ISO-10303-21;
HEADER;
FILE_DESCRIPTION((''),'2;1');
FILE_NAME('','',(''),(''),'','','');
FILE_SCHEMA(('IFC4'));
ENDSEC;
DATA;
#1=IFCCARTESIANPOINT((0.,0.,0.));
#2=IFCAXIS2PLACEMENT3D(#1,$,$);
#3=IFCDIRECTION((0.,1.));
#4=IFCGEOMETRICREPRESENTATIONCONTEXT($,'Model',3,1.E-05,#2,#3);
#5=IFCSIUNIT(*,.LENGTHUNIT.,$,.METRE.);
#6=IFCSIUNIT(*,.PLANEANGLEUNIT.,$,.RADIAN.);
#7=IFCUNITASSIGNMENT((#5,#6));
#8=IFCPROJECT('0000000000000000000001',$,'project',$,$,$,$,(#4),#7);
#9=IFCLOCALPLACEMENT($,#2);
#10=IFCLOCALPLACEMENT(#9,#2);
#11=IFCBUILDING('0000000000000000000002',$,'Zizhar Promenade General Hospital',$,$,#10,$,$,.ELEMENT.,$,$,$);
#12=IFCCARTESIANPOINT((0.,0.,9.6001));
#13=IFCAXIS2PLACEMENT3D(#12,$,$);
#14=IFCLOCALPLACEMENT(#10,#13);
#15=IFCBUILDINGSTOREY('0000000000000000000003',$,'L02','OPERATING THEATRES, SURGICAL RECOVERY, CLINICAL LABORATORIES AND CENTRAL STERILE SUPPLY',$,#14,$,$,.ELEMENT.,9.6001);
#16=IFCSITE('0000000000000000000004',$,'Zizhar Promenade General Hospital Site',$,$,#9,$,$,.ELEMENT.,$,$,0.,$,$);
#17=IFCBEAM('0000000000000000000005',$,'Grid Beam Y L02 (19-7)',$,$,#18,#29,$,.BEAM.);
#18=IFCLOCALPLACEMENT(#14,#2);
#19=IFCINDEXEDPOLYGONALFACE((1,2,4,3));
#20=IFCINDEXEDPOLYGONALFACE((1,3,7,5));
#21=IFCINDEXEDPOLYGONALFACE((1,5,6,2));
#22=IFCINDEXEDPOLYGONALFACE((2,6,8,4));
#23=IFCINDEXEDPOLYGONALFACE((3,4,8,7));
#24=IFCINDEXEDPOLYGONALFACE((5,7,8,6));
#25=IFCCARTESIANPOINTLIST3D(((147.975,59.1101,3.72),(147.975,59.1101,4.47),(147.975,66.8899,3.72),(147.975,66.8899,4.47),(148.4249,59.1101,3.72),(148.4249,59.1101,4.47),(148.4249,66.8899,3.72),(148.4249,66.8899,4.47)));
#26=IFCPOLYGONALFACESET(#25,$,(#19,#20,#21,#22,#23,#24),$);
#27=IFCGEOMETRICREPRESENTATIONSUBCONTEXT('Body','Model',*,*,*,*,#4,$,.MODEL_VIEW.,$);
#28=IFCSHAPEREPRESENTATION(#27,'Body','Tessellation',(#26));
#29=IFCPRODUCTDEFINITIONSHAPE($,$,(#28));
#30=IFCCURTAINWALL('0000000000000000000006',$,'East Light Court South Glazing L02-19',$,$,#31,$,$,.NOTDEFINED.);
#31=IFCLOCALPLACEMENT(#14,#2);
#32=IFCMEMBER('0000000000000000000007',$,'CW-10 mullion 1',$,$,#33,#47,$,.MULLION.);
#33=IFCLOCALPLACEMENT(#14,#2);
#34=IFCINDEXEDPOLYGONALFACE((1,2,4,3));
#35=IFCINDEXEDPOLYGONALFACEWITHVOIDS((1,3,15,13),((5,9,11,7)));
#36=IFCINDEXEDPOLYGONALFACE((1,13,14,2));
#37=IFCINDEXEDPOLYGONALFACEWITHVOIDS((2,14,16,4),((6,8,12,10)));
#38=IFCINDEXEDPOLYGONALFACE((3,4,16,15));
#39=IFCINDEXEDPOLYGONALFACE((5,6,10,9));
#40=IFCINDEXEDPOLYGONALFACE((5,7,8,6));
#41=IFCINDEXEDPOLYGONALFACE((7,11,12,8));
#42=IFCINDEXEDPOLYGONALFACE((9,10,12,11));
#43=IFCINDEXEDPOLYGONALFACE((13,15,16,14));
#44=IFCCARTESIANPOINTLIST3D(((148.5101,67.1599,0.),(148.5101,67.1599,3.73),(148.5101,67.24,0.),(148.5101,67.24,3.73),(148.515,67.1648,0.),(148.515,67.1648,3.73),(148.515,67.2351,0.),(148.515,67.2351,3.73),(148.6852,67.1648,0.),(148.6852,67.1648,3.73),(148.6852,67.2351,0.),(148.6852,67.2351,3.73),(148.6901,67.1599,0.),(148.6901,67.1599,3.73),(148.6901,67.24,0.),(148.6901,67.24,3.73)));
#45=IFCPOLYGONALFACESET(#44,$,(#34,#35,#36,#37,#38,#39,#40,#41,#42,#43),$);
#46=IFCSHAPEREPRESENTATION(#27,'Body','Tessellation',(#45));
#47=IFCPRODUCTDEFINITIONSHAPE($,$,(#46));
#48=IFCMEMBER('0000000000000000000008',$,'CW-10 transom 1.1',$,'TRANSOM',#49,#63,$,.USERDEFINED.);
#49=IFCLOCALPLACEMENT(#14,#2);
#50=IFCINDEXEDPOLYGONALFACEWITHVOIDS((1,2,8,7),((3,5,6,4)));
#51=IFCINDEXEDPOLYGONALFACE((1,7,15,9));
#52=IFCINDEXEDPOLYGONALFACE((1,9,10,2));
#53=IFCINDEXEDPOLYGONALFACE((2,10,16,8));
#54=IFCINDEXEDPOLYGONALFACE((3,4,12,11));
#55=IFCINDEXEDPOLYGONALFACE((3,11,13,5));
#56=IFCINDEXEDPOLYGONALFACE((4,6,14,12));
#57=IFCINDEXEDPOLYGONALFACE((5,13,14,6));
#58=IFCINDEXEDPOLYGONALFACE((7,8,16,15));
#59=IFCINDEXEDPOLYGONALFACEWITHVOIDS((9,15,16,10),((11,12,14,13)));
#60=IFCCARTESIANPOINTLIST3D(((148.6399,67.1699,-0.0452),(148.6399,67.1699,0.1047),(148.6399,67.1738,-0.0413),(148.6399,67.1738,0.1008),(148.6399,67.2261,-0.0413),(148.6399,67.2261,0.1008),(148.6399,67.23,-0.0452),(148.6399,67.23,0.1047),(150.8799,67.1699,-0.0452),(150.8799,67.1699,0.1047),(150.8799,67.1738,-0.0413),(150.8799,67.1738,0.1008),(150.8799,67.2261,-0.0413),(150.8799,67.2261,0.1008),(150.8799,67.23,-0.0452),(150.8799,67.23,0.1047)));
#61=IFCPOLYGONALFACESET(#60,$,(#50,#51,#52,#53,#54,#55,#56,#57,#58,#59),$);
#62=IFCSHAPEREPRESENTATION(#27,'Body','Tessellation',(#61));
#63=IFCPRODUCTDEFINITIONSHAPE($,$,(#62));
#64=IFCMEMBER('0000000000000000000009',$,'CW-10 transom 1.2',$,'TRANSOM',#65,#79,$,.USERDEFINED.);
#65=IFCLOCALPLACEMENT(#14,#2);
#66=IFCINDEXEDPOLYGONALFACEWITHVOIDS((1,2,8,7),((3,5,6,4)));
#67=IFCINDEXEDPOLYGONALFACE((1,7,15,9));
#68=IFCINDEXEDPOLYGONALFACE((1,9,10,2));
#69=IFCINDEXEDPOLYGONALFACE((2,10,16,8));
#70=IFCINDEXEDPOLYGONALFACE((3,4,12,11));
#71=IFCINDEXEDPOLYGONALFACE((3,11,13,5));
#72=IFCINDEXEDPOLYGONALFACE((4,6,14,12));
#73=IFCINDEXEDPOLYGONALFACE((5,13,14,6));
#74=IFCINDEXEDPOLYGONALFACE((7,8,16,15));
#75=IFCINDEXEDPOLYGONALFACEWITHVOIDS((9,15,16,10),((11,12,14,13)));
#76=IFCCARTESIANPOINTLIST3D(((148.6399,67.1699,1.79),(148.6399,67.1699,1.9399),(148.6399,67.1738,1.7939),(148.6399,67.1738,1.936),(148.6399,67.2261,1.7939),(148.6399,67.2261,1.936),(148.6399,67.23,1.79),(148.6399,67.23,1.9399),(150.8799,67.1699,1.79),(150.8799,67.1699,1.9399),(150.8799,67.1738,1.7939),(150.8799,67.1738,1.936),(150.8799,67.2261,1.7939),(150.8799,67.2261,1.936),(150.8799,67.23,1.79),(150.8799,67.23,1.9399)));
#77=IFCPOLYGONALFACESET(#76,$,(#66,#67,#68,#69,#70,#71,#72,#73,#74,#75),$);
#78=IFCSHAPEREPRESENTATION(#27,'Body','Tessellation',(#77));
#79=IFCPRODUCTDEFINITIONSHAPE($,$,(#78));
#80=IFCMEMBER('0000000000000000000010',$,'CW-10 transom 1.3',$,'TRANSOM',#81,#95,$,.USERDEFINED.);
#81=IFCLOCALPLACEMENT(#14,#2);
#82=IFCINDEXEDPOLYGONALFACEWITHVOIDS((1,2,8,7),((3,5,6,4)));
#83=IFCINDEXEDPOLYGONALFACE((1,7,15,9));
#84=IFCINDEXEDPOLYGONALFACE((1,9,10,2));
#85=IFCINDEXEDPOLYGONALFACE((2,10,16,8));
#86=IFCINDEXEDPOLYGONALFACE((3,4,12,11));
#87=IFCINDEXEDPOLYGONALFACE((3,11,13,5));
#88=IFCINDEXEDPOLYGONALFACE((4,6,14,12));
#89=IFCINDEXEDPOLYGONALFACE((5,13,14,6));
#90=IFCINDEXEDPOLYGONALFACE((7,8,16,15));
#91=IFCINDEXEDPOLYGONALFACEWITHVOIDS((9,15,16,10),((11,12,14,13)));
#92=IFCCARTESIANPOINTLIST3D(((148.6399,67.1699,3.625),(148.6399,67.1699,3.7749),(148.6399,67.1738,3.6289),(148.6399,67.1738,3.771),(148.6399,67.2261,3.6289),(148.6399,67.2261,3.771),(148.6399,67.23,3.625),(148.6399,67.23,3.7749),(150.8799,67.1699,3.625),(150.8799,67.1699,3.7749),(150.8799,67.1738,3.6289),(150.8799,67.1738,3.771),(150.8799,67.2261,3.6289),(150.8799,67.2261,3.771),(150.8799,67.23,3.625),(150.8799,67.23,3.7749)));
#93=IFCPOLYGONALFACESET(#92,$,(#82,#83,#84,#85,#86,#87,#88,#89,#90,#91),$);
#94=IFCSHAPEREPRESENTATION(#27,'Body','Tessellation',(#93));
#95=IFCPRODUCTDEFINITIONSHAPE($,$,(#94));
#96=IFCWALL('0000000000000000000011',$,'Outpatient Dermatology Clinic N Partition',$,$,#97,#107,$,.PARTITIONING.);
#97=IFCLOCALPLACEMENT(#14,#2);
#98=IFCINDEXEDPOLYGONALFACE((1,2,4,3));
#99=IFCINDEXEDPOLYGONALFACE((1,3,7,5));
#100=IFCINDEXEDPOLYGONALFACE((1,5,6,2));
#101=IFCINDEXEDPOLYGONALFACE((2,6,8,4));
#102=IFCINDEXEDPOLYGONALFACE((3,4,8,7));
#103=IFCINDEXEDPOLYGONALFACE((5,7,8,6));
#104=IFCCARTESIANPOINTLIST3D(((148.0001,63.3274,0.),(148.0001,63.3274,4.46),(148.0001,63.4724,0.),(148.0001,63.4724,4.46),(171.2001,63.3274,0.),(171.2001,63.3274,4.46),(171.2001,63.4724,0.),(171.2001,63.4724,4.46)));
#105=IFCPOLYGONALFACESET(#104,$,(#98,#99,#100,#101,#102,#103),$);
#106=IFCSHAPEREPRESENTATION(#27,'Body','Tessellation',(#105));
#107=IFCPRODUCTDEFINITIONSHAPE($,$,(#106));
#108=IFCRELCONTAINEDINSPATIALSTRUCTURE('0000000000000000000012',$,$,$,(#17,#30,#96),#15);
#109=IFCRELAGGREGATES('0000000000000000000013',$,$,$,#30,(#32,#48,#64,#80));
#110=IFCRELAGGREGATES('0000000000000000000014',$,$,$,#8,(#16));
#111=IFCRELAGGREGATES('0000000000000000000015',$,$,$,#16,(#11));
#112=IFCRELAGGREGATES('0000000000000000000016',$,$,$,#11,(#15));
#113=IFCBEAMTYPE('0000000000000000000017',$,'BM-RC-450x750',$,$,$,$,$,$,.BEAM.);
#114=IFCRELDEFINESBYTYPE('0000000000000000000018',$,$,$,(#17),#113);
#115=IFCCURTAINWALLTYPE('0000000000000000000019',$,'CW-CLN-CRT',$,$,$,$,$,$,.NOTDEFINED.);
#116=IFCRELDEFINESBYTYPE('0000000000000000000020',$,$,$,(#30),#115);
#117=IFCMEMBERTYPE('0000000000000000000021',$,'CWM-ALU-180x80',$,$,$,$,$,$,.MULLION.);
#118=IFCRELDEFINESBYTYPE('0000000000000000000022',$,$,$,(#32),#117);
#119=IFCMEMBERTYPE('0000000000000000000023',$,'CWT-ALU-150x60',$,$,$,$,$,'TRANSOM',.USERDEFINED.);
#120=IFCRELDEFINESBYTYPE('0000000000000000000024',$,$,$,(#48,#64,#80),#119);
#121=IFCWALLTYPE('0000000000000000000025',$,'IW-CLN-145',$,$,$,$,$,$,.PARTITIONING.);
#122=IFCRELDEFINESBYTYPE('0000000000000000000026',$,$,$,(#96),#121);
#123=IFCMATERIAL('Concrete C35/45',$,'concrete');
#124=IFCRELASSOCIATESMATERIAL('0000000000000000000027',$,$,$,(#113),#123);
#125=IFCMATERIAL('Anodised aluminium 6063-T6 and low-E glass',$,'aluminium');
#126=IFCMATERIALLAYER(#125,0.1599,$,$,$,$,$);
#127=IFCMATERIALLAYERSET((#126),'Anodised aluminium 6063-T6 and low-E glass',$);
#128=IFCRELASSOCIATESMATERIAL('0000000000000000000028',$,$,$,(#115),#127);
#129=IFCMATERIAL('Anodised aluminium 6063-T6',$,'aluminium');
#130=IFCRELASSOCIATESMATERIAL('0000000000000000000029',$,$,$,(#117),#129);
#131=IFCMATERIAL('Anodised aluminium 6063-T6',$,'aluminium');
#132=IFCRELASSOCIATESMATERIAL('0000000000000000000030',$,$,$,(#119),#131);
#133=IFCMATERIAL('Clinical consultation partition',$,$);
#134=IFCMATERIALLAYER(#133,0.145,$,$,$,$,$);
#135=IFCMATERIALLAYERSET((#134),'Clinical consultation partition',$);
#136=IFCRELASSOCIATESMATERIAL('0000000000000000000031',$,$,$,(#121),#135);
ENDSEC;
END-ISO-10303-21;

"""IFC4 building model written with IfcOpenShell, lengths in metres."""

from ifc_helpers import new_model, si_unit, direction, frame, frame_2d, origin, origin_2d, place, context, subcontext, project, spatial, rectangle, hollow_rectangle, extrude, material, layer, layer_set, material_profile, profile_set, type_object, element, aggregate, save


model = new_model("IFC4")

# Units and contexts
model_context = context("Model", 3, precision=1e-05, world=origin(), true_north=direction((0.0, 1.0)))
body_context = subcontext(model_context, "Body", "Model", "MODEL_VIEW")
ifc_project = project(units=[si_unit("LENGTHUNIT", "METRE"), si_unit("PLANEANGLEUNIT", "RADIAN")], contexts=[model_context])

# Site, building, storey
site_placement = place(None, origin())
site = spatial("IfcSite", under=ifc_project, at=site_placement, Name="Zizhar Promenade General Hospital Site", CompositionType="ELEMENT", RefElevation=0.0)
building_placement = place(site_placement, origin())
building = spatial("IfcBuilding", under=site, at=building_placement, Name="Zizhar Promenade General Hospital", CompositionType="ELEMENT")
storey_placement = place(building_placement, frame((0.0, 0.0, 9.6001)))
storey = spatial("IfcBuildingStorey", under=building, at=storey_placement, Name="L02", Description="OPERATING THEATRES, SURGICAL RECOVERY, CLINICAL LABORATORIES AND CENTRAL STERILE SUPPLY", CompositionType="ELEMENT", Elevation=9.6001)

# Beam
ifc_material_1 = material(Name="Concrete C35/45", Category="concrete")
ifc_material_profile_1 = material_profile(ifc_material_1, rectangle(XDim=0.45, YDim=0.75, at=origin_2d()))
ifc_profile_set_1 = profile_set([ifc_material_profile_1], Name="Concrete C35/45")
beam_type_1 = type_object("IfcBeamType", Name="BM-RC-450x750", PredefinedType="BEAM", material=ifc_profile_set_1)
beam_1_placement = place(storey_placement, frame((148.2, 59.1101, 4.095), z_axis=(0.0, 1.0, 0.0), x_axis=(-1.0, 0.0, 0.0)))
element("IfcBeam", 1, at=beam_1_placement, inside=storey, type_object=beam_type_1, Name="Grid Beam Y L02 (19-7)", PredefinedType="BEAM", context=body_context, shape_type="SweptSolid", body=[
    extrude(rectangle(XDim=0.45, YDim=0.75, at=origin_2d()), origin(), (0.0, 0.0, 1.0), 7.7798),
])

# Curtain wall, members
ifc_material_2 = material(Name="Anodised aluminium 6063-T6 and low-E glass", Category="aluminium")
ifc_layer_1 = layer(ifc_material_2, 0.1599)
ifc_layer_set_1 = layer_set([ifc_layer_1], Name="Anodised aluminium 6063-T6 and low-E glass")
curtain_wall_type = type_object("IfcCurtainWallType", Name="CW-CLN-CRT", PredefinedType="NOTDEFINED", material=ifc_layer_set_1)
curtain_wall_placement = place(storey_placement, origin())
curtain_wall = element("IfcCurtainWall", 2, at=curtain_wall_placement, inside=storey, type_object=curtain_wall_type, Name="East Light Court South Glazing L02-19", PredefinedType="NOTDEFINED")
ifc_material_3 = material(Name="Anodised aluminium 6063-T6", Category="aluminium")
ifc_material_profile_2 = material_profile(ifc_material_3, hollow_rectangle(XDim=0.0801, YDim=0.1799, WallThickness=0.0049, at=origin_2d()))
ifc_profile_set_2 = profile_set([ifc_material_profile_2], Name="Anodised aluminium 6063-T6")
member_type_1 = type_object("IfcMemberType", Name="CWM-ALU-180x80", PredefinedType="MULLION", material=ifc_profile_set_2)
member_1_placement = place(storey_placement, frame((148.6001, 67.2, 0.0), z_axis=(0.0, 0.0, 1.0), x_axis=(0.0, 1.0, 0.0)))
member_1 = element("IfcMember", 3, at=member_1_placement, type_object=member_type_1, Name="CW-10 mullion 1", PredefinedType="MULLION", context=body_context, shape_type="SweptSolid", body=[
    extrude(hollow_rectangle(XDim=0.0801, YDim=0.1799, WallThickness=0.0049, at=origin_2d()), origin(), (0.0, 0.0, 1.0), 3.73),
])
ifc_material_4 = material(Name="Anodised aluminium 6063-T6", Category="aluminium")
ifc_material_profile_3 = material_profile(ifc_material_4, hollow_rectangle(XDim=0.0601, YDim=0.1499, WallThickness=0.0039, at=origin_2d()))
ifc_profile_set_3 = profile_set([ifc_material_profile_3], Name="Anodised aluminium 6063-T6")
member_type_2 = type_object("IfcMemberType", Name="CWT-ALU-150x60", ElementType="TRANSOM", PredefinedType="USERDEFINED", material=ifc_profile_set_3)
member_2_placement = place(storey_placement, frame((148.6399, 67.2, 0.0298), z_axis=(1.0, 0.0, 0.0), x_axis=(0.0, 1.0, 0.0)))
member_2 = element("IfcMember", 4, at=member_2_placement, type_object=member_type_2, Name="CW-10 transom 1.1", ObjectType="TRANSOM", PredefinedType="USERDEFINED", context=body_context, shape_type="SweptSolid", body=[
    extrude(hollow_rectangle(XDim=0.0601, YDim=0.1499, WallThickness=0.0039, at=origin_2d()), origin(), (0.0, 0.0, 1.0), 2.24),
])
member_3_placement = place(storey_placement, frame((148.6399, 67.2, 1.865), z_axis=(1.0, 0.0, 0.0), x_axis=(0.0, 1.0, 0.0)))
member_3 = element("IfcMember", 5, at=member_3_placement, type_object=member_type_2, Name="CW-10 transom 1.2", ObjectType="TRANSOM", PredefinedType="USERDEFINED", context=body_context, shape_type="SweptSolid", body=[
    extrude(hollow_rectangle(XDim=0.0601, YDim=0.1499, WallThickness=0.0039, at=origin_2d()), origin(), (0.0, 0.0, 1.0), 2.24),
])
member_4_placement = place(storey_placement, frame((148.6399, 67.2, 3.7), z_axis=(1.0, 0.0, 0.0), x_axis=(0.0, 1.0, 0.0)))
member_4 = element("IfcMember", 6, at=member_4_placement, type_object=member_type_2, Name="CW-10 transom 1.3", ObjectType="TRANSOM", PredefinedType="USERDEFINED", context=body_context, shape_type="SweptSolid", body=[
    extrude(hollow_rectangle(XDim=0.0601, YDim=0.1499, WallThickness=0.0039, at=origin_2d()), origin(), (0.0, 0.0, 1.0), 2.24),
])
aggregate(curtain_wall, [member_1, member_2, member_3, member_4])

# Wall
ifc_material_5 = material(Name="Clinical consultation partition")
ifc_layer_2 = layer(ifc_material_5, 0.145)
ifc_layer_set_2 = layer_set([ifc_layer_2], Name="Clinical consultation partition")
wall_type = type_object("IfcWallType", Name="IW-CLN-145", PredefinedType="PARTITIONING", material=ifc_layer_set_2)
wall_placement = place(storey_placement, frame((148.0, 63.3999, 0.0), z_axis=(0.0, 0.0, 1.0), x_axis=(1.0, 0.0, 0.0)))
element("IfcWall", 7, at=wall_placement, inside=storey, type_object=wall_type, Name="Outpatient Dermatology Clinic N Partition", PredefinedType="PARTITIONING", context=body_context, shape_type="SweptSolid", body=[
    extrude(rectangle(XDim=23.2, YDim=0.145, at=frame_2d((11.6001, 0.0))), origin(), (0.0, 0.0, 1.0), 4.46),
])

save(model, "model.ifc")
